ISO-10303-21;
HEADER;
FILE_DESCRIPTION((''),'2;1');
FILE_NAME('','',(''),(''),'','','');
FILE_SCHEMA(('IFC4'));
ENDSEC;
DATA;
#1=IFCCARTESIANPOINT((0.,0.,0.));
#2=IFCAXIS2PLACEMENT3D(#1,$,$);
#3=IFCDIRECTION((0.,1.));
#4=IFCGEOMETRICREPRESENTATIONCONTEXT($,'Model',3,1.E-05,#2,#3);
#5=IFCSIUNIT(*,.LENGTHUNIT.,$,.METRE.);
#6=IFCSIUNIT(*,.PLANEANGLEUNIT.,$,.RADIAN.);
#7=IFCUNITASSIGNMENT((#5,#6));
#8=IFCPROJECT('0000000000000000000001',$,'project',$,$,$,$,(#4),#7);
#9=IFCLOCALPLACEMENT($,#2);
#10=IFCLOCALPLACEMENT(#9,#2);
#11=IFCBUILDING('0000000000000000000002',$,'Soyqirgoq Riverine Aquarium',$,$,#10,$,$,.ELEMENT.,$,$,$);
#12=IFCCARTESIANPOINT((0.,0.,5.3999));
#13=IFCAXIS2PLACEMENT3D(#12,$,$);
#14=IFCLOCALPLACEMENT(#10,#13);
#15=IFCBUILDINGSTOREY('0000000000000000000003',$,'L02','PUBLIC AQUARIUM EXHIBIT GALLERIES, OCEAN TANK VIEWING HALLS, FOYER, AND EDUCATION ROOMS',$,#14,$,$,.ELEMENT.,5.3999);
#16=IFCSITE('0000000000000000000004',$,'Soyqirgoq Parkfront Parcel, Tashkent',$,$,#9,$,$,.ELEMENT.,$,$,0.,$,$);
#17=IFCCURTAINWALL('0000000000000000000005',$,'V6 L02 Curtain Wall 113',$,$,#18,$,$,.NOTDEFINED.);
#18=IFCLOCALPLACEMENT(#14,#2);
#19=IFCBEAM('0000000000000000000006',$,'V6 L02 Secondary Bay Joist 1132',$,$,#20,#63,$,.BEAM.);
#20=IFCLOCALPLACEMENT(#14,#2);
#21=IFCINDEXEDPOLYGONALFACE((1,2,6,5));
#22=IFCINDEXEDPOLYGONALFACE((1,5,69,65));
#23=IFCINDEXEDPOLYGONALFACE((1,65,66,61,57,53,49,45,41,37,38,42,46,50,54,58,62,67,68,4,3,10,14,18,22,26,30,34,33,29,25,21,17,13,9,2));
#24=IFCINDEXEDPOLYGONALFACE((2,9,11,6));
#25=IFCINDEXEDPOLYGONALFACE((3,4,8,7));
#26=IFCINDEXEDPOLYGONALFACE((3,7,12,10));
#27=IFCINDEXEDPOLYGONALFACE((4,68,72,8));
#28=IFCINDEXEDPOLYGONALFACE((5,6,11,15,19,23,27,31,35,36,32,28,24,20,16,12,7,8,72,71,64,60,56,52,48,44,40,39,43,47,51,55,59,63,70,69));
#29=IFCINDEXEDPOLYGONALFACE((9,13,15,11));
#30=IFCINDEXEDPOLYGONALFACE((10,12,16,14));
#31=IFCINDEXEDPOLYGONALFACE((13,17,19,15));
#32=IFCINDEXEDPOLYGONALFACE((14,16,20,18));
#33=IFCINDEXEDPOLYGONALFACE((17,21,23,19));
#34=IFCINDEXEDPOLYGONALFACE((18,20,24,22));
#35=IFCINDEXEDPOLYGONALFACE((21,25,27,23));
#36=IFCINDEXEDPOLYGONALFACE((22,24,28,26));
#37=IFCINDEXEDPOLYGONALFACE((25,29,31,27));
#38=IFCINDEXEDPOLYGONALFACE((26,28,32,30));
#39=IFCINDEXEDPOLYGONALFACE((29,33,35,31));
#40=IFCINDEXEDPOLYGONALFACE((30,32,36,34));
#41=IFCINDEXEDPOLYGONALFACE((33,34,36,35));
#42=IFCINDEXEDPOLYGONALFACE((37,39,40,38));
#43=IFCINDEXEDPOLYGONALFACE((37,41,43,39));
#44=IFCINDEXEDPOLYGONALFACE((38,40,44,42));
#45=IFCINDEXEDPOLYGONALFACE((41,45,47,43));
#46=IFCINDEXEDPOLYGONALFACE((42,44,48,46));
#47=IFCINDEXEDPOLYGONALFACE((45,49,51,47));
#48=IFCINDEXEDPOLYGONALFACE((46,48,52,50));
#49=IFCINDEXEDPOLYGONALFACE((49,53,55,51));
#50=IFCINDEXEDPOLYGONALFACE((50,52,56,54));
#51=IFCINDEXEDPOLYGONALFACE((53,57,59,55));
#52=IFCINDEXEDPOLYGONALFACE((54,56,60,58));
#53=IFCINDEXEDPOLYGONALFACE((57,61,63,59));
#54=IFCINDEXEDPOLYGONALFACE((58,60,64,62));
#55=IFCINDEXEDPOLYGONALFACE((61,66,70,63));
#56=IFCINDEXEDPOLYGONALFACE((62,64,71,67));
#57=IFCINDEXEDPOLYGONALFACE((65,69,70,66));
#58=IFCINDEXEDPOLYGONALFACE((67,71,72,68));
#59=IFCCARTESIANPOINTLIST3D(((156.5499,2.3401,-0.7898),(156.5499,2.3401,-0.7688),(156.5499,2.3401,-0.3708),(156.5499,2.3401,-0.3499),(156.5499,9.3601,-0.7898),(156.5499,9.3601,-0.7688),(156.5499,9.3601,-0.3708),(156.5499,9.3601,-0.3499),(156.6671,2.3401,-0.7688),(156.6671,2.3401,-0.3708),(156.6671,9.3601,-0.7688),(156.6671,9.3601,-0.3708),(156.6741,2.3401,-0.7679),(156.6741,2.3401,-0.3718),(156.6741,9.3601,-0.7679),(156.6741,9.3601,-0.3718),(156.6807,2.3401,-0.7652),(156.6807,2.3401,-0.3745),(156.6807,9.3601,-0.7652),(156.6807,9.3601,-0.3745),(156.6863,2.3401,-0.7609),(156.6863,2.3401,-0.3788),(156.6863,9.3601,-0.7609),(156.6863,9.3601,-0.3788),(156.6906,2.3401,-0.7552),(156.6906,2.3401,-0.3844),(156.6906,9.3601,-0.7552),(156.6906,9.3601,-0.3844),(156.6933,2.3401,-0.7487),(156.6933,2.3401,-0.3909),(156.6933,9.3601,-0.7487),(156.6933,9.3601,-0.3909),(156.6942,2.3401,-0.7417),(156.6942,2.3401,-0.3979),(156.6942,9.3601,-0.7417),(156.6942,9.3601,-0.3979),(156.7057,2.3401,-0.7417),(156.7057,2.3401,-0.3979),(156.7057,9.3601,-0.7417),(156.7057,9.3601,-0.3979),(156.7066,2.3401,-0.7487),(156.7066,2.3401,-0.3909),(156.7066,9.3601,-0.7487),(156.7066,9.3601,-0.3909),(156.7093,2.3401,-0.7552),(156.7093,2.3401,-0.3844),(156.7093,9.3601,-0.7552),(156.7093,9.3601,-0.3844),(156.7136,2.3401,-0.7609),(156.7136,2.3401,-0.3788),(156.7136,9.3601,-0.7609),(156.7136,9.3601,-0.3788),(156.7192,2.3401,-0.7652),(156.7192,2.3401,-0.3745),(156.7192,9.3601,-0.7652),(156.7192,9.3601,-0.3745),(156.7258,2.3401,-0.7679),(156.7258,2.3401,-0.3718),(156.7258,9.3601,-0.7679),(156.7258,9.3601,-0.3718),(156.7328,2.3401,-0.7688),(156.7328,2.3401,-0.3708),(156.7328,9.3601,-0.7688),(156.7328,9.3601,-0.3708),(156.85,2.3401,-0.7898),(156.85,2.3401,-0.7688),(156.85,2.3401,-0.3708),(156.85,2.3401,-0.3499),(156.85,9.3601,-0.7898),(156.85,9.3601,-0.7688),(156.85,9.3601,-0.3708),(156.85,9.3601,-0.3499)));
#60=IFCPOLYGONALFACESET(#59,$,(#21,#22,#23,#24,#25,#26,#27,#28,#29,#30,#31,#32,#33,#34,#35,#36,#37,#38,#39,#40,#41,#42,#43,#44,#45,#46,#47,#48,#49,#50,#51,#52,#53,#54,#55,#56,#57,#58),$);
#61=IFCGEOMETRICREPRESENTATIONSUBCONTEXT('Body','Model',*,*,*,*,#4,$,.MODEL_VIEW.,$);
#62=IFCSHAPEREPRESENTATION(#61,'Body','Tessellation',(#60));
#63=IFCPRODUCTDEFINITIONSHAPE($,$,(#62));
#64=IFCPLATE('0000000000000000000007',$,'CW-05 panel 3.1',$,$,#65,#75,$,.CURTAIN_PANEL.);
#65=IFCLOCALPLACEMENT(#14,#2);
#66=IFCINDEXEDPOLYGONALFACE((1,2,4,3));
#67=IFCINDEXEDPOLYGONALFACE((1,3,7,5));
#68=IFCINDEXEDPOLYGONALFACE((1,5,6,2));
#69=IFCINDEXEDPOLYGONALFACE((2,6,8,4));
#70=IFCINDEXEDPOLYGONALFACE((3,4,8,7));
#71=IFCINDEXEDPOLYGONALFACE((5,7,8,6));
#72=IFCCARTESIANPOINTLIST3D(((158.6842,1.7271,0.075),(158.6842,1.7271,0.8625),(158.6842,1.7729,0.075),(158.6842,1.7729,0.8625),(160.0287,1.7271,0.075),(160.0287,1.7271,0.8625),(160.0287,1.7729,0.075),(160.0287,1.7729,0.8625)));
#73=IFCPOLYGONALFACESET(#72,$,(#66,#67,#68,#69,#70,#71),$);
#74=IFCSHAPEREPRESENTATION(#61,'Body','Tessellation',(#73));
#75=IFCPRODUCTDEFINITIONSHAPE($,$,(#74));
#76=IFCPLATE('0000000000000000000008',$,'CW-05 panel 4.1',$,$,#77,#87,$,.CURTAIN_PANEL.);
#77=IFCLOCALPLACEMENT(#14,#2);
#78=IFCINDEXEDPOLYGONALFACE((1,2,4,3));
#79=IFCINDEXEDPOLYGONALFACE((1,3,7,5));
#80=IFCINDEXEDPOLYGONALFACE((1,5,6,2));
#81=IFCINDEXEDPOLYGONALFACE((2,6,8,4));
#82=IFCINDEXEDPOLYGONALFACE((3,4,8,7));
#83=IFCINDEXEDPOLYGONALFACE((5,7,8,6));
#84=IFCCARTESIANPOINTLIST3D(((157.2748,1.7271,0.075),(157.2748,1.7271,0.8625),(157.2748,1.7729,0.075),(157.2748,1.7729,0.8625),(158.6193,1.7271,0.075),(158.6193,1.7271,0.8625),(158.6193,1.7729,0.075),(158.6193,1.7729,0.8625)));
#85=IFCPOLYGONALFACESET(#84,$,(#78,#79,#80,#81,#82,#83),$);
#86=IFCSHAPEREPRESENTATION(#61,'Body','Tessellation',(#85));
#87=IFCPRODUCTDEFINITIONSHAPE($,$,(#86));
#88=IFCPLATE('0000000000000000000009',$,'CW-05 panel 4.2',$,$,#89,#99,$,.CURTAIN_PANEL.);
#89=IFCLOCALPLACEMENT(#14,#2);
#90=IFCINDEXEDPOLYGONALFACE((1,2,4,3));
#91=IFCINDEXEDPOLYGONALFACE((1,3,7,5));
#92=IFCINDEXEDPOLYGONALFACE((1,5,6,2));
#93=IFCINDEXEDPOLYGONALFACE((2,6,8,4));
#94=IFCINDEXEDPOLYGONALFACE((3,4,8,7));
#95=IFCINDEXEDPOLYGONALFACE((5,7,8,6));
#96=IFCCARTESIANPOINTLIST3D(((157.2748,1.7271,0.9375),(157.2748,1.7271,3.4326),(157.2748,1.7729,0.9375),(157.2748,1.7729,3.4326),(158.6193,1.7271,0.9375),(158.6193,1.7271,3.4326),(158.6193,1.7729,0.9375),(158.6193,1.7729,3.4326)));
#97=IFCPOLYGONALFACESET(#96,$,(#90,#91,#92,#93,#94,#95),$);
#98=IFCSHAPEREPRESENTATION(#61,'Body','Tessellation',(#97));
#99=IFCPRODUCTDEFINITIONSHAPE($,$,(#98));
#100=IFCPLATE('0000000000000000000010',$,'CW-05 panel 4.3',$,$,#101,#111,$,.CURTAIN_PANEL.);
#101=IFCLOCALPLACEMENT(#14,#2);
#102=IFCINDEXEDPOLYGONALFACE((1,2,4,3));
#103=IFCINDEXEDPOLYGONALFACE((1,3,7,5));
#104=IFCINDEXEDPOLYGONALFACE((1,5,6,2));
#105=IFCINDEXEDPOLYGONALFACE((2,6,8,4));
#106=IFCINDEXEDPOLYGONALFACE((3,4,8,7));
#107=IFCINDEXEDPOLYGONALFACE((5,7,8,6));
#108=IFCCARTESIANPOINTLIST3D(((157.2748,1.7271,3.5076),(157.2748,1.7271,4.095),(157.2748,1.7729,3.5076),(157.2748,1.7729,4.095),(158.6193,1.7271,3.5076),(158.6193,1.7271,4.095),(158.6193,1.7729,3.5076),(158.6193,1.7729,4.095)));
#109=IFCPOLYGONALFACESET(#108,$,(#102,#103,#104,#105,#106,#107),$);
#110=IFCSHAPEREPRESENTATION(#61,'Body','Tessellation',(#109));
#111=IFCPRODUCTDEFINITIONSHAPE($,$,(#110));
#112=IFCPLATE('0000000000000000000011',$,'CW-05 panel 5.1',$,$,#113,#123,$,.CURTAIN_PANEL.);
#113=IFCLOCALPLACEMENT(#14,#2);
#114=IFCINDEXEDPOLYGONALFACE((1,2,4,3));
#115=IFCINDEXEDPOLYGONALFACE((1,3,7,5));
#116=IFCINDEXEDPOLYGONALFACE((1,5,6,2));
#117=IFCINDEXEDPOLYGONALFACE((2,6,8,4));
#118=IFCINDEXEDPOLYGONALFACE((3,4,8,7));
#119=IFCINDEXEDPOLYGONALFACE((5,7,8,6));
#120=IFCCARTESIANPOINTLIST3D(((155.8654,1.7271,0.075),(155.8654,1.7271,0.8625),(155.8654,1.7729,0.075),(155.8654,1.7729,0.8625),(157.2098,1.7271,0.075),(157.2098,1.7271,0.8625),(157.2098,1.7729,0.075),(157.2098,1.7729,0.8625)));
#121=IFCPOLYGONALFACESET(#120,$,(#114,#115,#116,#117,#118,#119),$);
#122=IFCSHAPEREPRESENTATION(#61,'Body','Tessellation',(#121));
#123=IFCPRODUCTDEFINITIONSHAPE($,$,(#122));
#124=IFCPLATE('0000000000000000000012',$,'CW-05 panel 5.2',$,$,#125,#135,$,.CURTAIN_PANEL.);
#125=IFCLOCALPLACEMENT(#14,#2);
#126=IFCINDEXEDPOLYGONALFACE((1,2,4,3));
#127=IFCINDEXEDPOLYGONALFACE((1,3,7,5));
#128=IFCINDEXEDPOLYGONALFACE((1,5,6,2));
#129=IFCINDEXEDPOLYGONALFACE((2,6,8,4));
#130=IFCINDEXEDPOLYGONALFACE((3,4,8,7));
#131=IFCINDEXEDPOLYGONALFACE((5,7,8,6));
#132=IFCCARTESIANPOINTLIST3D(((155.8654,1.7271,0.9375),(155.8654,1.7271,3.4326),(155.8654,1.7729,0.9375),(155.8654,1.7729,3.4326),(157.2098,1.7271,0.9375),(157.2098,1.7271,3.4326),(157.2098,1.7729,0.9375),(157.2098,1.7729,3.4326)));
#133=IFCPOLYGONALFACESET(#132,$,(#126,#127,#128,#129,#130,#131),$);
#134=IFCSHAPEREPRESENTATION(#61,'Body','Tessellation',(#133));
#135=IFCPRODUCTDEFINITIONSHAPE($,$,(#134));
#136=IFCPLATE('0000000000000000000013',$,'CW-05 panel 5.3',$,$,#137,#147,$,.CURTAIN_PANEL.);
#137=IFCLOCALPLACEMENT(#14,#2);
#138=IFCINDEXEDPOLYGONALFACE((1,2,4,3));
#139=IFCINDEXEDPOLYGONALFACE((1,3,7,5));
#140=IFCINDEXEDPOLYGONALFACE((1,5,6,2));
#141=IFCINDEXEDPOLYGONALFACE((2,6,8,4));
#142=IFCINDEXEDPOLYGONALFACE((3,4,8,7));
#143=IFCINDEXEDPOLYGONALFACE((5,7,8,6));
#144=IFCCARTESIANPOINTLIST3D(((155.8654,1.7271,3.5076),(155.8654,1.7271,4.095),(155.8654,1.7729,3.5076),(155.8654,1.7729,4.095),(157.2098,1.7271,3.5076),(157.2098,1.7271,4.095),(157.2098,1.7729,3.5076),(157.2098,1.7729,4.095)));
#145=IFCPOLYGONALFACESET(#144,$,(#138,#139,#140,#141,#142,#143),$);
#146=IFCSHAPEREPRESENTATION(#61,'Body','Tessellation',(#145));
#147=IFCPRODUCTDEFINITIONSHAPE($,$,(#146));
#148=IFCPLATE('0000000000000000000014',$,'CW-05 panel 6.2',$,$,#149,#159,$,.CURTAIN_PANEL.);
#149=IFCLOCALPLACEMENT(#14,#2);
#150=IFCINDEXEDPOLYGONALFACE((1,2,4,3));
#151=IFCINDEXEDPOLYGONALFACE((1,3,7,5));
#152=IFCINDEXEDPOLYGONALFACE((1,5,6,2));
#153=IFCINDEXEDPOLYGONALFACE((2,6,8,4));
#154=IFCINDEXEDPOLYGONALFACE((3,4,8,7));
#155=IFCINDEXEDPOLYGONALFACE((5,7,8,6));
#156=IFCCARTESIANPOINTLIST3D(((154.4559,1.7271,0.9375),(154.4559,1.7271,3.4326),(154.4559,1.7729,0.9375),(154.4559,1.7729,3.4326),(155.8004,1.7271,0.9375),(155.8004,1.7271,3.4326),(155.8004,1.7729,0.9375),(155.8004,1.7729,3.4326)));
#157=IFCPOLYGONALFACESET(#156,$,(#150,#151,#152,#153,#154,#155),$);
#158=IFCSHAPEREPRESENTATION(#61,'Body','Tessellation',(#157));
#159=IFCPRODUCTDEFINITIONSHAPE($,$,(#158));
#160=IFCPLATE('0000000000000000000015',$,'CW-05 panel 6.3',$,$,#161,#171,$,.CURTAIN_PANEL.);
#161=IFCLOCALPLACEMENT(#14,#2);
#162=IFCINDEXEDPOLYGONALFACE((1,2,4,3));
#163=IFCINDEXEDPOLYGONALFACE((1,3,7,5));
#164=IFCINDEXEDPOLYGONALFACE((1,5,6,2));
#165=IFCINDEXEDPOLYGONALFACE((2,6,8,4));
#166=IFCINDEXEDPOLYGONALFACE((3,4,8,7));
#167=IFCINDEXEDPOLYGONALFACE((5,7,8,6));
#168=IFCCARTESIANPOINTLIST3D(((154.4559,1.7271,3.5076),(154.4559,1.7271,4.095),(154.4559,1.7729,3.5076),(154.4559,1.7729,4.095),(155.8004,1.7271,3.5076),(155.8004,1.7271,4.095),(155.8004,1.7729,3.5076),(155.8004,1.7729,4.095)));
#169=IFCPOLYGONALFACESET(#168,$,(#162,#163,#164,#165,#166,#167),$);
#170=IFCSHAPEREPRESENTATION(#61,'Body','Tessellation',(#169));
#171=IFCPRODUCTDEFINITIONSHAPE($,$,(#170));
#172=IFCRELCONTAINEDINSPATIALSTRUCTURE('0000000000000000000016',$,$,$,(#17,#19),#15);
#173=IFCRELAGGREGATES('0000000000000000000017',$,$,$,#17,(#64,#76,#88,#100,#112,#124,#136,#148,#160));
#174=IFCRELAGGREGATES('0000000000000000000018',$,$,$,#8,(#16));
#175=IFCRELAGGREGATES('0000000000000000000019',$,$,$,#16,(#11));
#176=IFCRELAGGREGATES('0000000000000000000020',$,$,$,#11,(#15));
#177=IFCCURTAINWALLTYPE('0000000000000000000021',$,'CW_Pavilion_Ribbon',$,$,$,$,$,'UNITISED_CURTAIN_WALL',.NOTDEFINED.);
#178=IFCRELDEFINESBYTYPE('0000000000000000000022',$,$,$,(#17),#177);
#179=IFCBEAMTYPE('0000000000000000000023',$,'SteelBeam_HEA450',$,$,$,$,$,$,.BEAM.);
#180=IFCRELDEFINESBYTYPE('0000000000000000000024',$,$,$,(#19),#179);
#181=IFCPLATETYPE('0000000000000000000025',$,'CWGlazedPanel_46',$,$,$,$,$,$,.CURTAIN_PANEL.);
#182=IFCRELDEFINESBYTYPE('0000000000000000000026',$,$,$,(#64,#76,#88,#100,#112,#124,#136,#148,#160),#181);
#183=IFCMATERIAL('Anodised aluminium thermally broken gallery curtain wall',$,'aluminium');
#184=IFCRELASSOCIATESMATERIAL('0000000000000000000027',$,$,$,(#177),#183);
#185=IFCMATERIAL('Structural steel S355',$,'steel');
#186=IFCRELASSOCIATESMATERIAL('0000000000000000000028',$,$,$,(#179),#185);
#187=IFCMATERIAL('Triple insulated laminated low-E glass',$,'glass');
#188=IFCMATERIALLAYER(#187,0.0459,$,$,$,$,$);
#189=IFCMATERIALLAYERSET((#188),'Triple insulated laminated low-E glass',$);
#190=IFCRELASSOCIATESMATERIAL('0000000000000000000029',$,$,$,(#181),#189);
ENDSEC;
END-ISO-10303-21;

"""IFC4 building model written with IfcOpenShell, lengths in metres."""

from ifc_helpers import new_model, si_unit, direction, frame, origin, origin_2d, place, context, subcontext, project, spatial, rectangle, i_section, extrude, material, layer, layer_set, material_profile, profile_set, type_object, element, aggregate, save


model = new_model("IFC4")

# Units and contexts
model_context = context("Model", 3, precision=1e-05, world=origin(), true_north=direction((0.0, 1.0)))
body_context = subcontext(model_context, "Body", "Model", "MODEL_VIEW")
ifc_project = project(units=[si_unit("LENGTHUNIT", "METRE"), si_unit("PLANEANGLEUNIT", "RADIAN")], contexts=[model_context])

# Site, building, storey
site_placement = place(None, origin())
site = spatial("IfcSite", under=ifc_project, at=site_placement, Name="Soyqirgoq Parkfront Parcel, Tashkent", CompositionType="ELEMENT", RefElevation=0.0)
building_placement = place(site_placement, origin())
building = spatial("IfcBuilding", under=site, at=building_placement, Name="Soyqirgoq Riverine Aquarium", CompositionType="ELEMENT")
storey_placement = place(building_placement, frame((0.0, 0.0, 5.3999)))
storey = spatial("IfcBuildingStorey", under=building, at=storey_placement, Name="L02", Description="PUBLIC AQUARIUM EXHIBIT GALLERIES, OCEAN TANK VIEWING HALLS, FOYER, AND EDUCATION ROOMS", CompositionType="ELEMENT", Elevation=5.3999)

# Curtain wall
ifc_material_1 = material(Name="Anodised aluminium thermally broken gallery curtain wall", Category="aluminium")
curtain_wall_type = type_object("IfcCurtainWallType", Name="CW_Pavilion_Ribbon", ElementType="UNITISED_CURTAIN_WALL", PredefinedType="NOTDEFINED", material=ifc_material_1)
curtain_wall_placement = place(storey_placement, origin())
curtain_wall = element("IfcCurtainWall", 1, at=curtain_wall_placement, inside=storey, type_object=curtain_wall_type, Name="V6 L02 Curtain Wall 113", PredefinedType="NOTDEFINED")

# Beam
ifc_material_2 = material(Name="Structural steel S355", Category="steel")
ifc_material_profile_1 = material_profile(ifc_material_2, i_section(OverallWidth=0.3, OverallDepth=0.4399, WebThickness=0.0115, FlangeThickness=0.021, FilletRadius=0.0271, at=origin_2d()), Name="HEA 450")
ifc_profile_set_1 = profile_set([ifc_material_profile_1], Name="Structural steel S355")
beam_type = type_object("IfcBeamType", Name="SteelBeam_HEA450", PredefinedType="BEAM", material=ifc_profile_set_1)
beam_placement = place(storey_placement, frame((156.7, 2.3401, -0.5698), z_axis=(0.0, 1.0, 0.0), x_axis=(-1.0, 0.0, 0.0)))
element("IfcBeam", 2, at=beam_placement, inside=storey, type_object=beam_type, Name="V6 L02 Secondary Bay Joist 1132", PredefinedType="BEAM", context=body_context, shape_type="SweptSolid", body=[
    extrude(i_section(OverallWidth=0.3, OverallDepth=0.4399, WebThickness=0.0115, FlangeThickness=0.021, FilletRadius=0.0271, at=origin_2d()), origin(), (0.0, 0.0, 1.0), 7.02),
])

# Plates
ifc_material_3 = material(Name="Triple insulated laminated low-E glass", Category="glass")
ifc_layer = layer(ifc_material_3, 0.0459)
ifc_layer_set = layer_set([ifc_layer], Name="Triple insulated laminated low-E glass")
plate_type = type_object("IfcPlateType", Name="CWGlazedPanel_46", PredefinedType="CURTAIN_PANEL", material=ifc_layer_set)
plate_1_placement = place(storey_placement, frame((159.3564, 1.75, 0.075), z_axis=(0.0, 0.0, 1.0), x_axis=(-1.0, 0.0, 0.0)))
plate_1 = element("IfcPlate", 3, at=plate_1_placement, type_object=plate_type, Name="CW-05 panel 3.1", PredefinedType="CURTAIN_PANEL", context=body_context, shape_type="SweptSolid", body=[
    extrude(rectangle(XDim=1.3445, YDim=0.0459, at=origin_2d()), origin(), (0.0, 0.0, 1.0), 0.7876),
])
plate_2_placement = place(storey_placement, frame((157.947, 1.75, 0.075), z_axis=(0.0, 0.0, 1.0), x_axis=(-1.0, 0.0, 0.0)))
plate_2 = element("IfcPlate", 4, at=plate_2_placement, type_object=plate_type, Name="CW-05 panel 4.1", PredefinedType="CURTAIN_PANEL", context=body_context, shape_type="SweptSolid", body=[
    extrude(rectangle(XDim=1.3445, YDim=0.0459, at=origin_2d()), origin(), (0.0, 0.0, 1.0), 0.7876),
])
plate_3_placement = place(storey_placement, frame((157.947, 1.75, 0.9375), z_axis=(0.0, 0.0, 1.0), x_axis=(-1.0, 0.0, 0.0)))
plate_3 = element("IfcPlate", 5, at=plate_3_placement, type_object=plate_type, Name="CW-05 panel 4.2", PredefinedType="CURTAIN_PANEL", context=body_context, shape_type="SweptSolid", body=[
    extrude(rectangle(XDim=1.3445, YDim=0.0459, at=origin_2d()), origin(), (0.0, 0.0, 1.0), 2.4951),
])
plate_4_placement = place(storey_placement, frame((157.947, 1.75, 3.5076), z_axis=(0.0, 0.0, 1.0), x_axis=(-1.0, 0.0, 0.0)))
plate_4 = element("IfcPlate", 6, at=plate_4_placement, type_object=plate_type, Name="CW-05 panel 4.3", PredefinedType="CURTAIN_PANEL", context=body_context, shape_type="SweptSolid", body=[
    extrude(rectangle(XDim=1.3445, YDim=0.0459, at=origin_2d()), origin(), (0.0, 0.0, 1.0), 0.5874),
])
plate_5_placement = place(storey_placement, frame((156.5376, 1.75, 0.075), z_axis=(0.0, 0.0, 1.0), x_axis=(-1.0, 0.0, 0.0)))
plate_5 = element("IfcPlate", 7, at=plate_5_placement, type_object=plate_type, Name="CW-05 panel 5.1", PredefinedType="CURTAIN_PANEL", context=body_context, shape_type="SweptSolid", body=[
    extrude(rectangle(XDim=1.3445, YDim=0.0459, at=origin_2d()), origin(), (0.0, 0.0, 1.0), 0.7876),
])
plate_6_placement = place(storey_placement, frame((156.5376, 1.75, 0.9375), z_axis=(0.0, 0.0, 1.0), x_axis=(-1.0, 0.0, 0.0)))
plate_6 = element("IfcPlate", 8, at=plate_6_placement, type_object=plate_type, Name="CW-05 panel 5.2", PredefinedType="CURTAIN_PANEL", context=body_context, shape_type="SweptSolid", body=[
    extrude(rectangle(XDim=1.3445, YDim=0.0459, at=origin_2d()), origin(), (0.0, 0.0, 1.0), 2.4951),
])
plate_7_placement = place(storey_placement, frame((156.5376, 1.75, 3.5076), z_axis=(0.0, 0.0, 1.0), x_axis=(-1.0, 0.0, 0.0)))
plate_7 = element("IfcPlate", 9, at=plate_7_placement, type_object=plate_type, Name="CW-05 panel 5.3", PredefinedType="CURTAIN_PANEL", context=body_context, shape_type="SweptSolid", body=[
    extrude(rectangle(XDim=1.3445, YDim=0.0459, at=origin_2d()), origin(), (0.0, 0.0, 1.0), 0.5874),
])
plate_8_placement = place(storey_placement, frame((155.1282, 1.75, 0.9375), z_axis=(0.0, 0.0, 1.0), x_axis=(-1.0, 0.0, 0.0)))
plate_8 = element("IfcPlate", 10, at=plate_8_placement, type_object=plate_type, Name="CW-05 panel 6.2", PredefinedType="CURTAIN_PANEL", context=body_context, shape_type="SweptSolid", body=[
    extrude(rectangle(XDim=1.3445, YDim=0.0459, at=origin_2d()), origin(), (0.0, 0.0, 1.0), 2.4951),
])
plate_9_placement = place(storey_placement, frame((155.1282, 1.75, 3.5076), z_axis=(0.0, 0.0, 1.0), x_axis=(-1.0, 0.0, 0.0)))
plate_9 = element("IfcPlate", 11, at=plate_9_placement, type_object=plate_type, Name="CW-05 panel 6.3", PredefinedType="CURTAIN_PANEL", context=body_context, shape_type="SweptSolid", body=[
    extrude(rectangle(XDim=1.3445, YDim=0.0459, at=origin_2d()), origin(), (0.0, 0.0, 1.0), 0.5874),
])
aggregate(curtain_wall, [plate_1, plate_2, plate_3, plate_4, plate_5, plate_6, plate_7, plate_8, plate_9])

save(model, "model.ifc")
